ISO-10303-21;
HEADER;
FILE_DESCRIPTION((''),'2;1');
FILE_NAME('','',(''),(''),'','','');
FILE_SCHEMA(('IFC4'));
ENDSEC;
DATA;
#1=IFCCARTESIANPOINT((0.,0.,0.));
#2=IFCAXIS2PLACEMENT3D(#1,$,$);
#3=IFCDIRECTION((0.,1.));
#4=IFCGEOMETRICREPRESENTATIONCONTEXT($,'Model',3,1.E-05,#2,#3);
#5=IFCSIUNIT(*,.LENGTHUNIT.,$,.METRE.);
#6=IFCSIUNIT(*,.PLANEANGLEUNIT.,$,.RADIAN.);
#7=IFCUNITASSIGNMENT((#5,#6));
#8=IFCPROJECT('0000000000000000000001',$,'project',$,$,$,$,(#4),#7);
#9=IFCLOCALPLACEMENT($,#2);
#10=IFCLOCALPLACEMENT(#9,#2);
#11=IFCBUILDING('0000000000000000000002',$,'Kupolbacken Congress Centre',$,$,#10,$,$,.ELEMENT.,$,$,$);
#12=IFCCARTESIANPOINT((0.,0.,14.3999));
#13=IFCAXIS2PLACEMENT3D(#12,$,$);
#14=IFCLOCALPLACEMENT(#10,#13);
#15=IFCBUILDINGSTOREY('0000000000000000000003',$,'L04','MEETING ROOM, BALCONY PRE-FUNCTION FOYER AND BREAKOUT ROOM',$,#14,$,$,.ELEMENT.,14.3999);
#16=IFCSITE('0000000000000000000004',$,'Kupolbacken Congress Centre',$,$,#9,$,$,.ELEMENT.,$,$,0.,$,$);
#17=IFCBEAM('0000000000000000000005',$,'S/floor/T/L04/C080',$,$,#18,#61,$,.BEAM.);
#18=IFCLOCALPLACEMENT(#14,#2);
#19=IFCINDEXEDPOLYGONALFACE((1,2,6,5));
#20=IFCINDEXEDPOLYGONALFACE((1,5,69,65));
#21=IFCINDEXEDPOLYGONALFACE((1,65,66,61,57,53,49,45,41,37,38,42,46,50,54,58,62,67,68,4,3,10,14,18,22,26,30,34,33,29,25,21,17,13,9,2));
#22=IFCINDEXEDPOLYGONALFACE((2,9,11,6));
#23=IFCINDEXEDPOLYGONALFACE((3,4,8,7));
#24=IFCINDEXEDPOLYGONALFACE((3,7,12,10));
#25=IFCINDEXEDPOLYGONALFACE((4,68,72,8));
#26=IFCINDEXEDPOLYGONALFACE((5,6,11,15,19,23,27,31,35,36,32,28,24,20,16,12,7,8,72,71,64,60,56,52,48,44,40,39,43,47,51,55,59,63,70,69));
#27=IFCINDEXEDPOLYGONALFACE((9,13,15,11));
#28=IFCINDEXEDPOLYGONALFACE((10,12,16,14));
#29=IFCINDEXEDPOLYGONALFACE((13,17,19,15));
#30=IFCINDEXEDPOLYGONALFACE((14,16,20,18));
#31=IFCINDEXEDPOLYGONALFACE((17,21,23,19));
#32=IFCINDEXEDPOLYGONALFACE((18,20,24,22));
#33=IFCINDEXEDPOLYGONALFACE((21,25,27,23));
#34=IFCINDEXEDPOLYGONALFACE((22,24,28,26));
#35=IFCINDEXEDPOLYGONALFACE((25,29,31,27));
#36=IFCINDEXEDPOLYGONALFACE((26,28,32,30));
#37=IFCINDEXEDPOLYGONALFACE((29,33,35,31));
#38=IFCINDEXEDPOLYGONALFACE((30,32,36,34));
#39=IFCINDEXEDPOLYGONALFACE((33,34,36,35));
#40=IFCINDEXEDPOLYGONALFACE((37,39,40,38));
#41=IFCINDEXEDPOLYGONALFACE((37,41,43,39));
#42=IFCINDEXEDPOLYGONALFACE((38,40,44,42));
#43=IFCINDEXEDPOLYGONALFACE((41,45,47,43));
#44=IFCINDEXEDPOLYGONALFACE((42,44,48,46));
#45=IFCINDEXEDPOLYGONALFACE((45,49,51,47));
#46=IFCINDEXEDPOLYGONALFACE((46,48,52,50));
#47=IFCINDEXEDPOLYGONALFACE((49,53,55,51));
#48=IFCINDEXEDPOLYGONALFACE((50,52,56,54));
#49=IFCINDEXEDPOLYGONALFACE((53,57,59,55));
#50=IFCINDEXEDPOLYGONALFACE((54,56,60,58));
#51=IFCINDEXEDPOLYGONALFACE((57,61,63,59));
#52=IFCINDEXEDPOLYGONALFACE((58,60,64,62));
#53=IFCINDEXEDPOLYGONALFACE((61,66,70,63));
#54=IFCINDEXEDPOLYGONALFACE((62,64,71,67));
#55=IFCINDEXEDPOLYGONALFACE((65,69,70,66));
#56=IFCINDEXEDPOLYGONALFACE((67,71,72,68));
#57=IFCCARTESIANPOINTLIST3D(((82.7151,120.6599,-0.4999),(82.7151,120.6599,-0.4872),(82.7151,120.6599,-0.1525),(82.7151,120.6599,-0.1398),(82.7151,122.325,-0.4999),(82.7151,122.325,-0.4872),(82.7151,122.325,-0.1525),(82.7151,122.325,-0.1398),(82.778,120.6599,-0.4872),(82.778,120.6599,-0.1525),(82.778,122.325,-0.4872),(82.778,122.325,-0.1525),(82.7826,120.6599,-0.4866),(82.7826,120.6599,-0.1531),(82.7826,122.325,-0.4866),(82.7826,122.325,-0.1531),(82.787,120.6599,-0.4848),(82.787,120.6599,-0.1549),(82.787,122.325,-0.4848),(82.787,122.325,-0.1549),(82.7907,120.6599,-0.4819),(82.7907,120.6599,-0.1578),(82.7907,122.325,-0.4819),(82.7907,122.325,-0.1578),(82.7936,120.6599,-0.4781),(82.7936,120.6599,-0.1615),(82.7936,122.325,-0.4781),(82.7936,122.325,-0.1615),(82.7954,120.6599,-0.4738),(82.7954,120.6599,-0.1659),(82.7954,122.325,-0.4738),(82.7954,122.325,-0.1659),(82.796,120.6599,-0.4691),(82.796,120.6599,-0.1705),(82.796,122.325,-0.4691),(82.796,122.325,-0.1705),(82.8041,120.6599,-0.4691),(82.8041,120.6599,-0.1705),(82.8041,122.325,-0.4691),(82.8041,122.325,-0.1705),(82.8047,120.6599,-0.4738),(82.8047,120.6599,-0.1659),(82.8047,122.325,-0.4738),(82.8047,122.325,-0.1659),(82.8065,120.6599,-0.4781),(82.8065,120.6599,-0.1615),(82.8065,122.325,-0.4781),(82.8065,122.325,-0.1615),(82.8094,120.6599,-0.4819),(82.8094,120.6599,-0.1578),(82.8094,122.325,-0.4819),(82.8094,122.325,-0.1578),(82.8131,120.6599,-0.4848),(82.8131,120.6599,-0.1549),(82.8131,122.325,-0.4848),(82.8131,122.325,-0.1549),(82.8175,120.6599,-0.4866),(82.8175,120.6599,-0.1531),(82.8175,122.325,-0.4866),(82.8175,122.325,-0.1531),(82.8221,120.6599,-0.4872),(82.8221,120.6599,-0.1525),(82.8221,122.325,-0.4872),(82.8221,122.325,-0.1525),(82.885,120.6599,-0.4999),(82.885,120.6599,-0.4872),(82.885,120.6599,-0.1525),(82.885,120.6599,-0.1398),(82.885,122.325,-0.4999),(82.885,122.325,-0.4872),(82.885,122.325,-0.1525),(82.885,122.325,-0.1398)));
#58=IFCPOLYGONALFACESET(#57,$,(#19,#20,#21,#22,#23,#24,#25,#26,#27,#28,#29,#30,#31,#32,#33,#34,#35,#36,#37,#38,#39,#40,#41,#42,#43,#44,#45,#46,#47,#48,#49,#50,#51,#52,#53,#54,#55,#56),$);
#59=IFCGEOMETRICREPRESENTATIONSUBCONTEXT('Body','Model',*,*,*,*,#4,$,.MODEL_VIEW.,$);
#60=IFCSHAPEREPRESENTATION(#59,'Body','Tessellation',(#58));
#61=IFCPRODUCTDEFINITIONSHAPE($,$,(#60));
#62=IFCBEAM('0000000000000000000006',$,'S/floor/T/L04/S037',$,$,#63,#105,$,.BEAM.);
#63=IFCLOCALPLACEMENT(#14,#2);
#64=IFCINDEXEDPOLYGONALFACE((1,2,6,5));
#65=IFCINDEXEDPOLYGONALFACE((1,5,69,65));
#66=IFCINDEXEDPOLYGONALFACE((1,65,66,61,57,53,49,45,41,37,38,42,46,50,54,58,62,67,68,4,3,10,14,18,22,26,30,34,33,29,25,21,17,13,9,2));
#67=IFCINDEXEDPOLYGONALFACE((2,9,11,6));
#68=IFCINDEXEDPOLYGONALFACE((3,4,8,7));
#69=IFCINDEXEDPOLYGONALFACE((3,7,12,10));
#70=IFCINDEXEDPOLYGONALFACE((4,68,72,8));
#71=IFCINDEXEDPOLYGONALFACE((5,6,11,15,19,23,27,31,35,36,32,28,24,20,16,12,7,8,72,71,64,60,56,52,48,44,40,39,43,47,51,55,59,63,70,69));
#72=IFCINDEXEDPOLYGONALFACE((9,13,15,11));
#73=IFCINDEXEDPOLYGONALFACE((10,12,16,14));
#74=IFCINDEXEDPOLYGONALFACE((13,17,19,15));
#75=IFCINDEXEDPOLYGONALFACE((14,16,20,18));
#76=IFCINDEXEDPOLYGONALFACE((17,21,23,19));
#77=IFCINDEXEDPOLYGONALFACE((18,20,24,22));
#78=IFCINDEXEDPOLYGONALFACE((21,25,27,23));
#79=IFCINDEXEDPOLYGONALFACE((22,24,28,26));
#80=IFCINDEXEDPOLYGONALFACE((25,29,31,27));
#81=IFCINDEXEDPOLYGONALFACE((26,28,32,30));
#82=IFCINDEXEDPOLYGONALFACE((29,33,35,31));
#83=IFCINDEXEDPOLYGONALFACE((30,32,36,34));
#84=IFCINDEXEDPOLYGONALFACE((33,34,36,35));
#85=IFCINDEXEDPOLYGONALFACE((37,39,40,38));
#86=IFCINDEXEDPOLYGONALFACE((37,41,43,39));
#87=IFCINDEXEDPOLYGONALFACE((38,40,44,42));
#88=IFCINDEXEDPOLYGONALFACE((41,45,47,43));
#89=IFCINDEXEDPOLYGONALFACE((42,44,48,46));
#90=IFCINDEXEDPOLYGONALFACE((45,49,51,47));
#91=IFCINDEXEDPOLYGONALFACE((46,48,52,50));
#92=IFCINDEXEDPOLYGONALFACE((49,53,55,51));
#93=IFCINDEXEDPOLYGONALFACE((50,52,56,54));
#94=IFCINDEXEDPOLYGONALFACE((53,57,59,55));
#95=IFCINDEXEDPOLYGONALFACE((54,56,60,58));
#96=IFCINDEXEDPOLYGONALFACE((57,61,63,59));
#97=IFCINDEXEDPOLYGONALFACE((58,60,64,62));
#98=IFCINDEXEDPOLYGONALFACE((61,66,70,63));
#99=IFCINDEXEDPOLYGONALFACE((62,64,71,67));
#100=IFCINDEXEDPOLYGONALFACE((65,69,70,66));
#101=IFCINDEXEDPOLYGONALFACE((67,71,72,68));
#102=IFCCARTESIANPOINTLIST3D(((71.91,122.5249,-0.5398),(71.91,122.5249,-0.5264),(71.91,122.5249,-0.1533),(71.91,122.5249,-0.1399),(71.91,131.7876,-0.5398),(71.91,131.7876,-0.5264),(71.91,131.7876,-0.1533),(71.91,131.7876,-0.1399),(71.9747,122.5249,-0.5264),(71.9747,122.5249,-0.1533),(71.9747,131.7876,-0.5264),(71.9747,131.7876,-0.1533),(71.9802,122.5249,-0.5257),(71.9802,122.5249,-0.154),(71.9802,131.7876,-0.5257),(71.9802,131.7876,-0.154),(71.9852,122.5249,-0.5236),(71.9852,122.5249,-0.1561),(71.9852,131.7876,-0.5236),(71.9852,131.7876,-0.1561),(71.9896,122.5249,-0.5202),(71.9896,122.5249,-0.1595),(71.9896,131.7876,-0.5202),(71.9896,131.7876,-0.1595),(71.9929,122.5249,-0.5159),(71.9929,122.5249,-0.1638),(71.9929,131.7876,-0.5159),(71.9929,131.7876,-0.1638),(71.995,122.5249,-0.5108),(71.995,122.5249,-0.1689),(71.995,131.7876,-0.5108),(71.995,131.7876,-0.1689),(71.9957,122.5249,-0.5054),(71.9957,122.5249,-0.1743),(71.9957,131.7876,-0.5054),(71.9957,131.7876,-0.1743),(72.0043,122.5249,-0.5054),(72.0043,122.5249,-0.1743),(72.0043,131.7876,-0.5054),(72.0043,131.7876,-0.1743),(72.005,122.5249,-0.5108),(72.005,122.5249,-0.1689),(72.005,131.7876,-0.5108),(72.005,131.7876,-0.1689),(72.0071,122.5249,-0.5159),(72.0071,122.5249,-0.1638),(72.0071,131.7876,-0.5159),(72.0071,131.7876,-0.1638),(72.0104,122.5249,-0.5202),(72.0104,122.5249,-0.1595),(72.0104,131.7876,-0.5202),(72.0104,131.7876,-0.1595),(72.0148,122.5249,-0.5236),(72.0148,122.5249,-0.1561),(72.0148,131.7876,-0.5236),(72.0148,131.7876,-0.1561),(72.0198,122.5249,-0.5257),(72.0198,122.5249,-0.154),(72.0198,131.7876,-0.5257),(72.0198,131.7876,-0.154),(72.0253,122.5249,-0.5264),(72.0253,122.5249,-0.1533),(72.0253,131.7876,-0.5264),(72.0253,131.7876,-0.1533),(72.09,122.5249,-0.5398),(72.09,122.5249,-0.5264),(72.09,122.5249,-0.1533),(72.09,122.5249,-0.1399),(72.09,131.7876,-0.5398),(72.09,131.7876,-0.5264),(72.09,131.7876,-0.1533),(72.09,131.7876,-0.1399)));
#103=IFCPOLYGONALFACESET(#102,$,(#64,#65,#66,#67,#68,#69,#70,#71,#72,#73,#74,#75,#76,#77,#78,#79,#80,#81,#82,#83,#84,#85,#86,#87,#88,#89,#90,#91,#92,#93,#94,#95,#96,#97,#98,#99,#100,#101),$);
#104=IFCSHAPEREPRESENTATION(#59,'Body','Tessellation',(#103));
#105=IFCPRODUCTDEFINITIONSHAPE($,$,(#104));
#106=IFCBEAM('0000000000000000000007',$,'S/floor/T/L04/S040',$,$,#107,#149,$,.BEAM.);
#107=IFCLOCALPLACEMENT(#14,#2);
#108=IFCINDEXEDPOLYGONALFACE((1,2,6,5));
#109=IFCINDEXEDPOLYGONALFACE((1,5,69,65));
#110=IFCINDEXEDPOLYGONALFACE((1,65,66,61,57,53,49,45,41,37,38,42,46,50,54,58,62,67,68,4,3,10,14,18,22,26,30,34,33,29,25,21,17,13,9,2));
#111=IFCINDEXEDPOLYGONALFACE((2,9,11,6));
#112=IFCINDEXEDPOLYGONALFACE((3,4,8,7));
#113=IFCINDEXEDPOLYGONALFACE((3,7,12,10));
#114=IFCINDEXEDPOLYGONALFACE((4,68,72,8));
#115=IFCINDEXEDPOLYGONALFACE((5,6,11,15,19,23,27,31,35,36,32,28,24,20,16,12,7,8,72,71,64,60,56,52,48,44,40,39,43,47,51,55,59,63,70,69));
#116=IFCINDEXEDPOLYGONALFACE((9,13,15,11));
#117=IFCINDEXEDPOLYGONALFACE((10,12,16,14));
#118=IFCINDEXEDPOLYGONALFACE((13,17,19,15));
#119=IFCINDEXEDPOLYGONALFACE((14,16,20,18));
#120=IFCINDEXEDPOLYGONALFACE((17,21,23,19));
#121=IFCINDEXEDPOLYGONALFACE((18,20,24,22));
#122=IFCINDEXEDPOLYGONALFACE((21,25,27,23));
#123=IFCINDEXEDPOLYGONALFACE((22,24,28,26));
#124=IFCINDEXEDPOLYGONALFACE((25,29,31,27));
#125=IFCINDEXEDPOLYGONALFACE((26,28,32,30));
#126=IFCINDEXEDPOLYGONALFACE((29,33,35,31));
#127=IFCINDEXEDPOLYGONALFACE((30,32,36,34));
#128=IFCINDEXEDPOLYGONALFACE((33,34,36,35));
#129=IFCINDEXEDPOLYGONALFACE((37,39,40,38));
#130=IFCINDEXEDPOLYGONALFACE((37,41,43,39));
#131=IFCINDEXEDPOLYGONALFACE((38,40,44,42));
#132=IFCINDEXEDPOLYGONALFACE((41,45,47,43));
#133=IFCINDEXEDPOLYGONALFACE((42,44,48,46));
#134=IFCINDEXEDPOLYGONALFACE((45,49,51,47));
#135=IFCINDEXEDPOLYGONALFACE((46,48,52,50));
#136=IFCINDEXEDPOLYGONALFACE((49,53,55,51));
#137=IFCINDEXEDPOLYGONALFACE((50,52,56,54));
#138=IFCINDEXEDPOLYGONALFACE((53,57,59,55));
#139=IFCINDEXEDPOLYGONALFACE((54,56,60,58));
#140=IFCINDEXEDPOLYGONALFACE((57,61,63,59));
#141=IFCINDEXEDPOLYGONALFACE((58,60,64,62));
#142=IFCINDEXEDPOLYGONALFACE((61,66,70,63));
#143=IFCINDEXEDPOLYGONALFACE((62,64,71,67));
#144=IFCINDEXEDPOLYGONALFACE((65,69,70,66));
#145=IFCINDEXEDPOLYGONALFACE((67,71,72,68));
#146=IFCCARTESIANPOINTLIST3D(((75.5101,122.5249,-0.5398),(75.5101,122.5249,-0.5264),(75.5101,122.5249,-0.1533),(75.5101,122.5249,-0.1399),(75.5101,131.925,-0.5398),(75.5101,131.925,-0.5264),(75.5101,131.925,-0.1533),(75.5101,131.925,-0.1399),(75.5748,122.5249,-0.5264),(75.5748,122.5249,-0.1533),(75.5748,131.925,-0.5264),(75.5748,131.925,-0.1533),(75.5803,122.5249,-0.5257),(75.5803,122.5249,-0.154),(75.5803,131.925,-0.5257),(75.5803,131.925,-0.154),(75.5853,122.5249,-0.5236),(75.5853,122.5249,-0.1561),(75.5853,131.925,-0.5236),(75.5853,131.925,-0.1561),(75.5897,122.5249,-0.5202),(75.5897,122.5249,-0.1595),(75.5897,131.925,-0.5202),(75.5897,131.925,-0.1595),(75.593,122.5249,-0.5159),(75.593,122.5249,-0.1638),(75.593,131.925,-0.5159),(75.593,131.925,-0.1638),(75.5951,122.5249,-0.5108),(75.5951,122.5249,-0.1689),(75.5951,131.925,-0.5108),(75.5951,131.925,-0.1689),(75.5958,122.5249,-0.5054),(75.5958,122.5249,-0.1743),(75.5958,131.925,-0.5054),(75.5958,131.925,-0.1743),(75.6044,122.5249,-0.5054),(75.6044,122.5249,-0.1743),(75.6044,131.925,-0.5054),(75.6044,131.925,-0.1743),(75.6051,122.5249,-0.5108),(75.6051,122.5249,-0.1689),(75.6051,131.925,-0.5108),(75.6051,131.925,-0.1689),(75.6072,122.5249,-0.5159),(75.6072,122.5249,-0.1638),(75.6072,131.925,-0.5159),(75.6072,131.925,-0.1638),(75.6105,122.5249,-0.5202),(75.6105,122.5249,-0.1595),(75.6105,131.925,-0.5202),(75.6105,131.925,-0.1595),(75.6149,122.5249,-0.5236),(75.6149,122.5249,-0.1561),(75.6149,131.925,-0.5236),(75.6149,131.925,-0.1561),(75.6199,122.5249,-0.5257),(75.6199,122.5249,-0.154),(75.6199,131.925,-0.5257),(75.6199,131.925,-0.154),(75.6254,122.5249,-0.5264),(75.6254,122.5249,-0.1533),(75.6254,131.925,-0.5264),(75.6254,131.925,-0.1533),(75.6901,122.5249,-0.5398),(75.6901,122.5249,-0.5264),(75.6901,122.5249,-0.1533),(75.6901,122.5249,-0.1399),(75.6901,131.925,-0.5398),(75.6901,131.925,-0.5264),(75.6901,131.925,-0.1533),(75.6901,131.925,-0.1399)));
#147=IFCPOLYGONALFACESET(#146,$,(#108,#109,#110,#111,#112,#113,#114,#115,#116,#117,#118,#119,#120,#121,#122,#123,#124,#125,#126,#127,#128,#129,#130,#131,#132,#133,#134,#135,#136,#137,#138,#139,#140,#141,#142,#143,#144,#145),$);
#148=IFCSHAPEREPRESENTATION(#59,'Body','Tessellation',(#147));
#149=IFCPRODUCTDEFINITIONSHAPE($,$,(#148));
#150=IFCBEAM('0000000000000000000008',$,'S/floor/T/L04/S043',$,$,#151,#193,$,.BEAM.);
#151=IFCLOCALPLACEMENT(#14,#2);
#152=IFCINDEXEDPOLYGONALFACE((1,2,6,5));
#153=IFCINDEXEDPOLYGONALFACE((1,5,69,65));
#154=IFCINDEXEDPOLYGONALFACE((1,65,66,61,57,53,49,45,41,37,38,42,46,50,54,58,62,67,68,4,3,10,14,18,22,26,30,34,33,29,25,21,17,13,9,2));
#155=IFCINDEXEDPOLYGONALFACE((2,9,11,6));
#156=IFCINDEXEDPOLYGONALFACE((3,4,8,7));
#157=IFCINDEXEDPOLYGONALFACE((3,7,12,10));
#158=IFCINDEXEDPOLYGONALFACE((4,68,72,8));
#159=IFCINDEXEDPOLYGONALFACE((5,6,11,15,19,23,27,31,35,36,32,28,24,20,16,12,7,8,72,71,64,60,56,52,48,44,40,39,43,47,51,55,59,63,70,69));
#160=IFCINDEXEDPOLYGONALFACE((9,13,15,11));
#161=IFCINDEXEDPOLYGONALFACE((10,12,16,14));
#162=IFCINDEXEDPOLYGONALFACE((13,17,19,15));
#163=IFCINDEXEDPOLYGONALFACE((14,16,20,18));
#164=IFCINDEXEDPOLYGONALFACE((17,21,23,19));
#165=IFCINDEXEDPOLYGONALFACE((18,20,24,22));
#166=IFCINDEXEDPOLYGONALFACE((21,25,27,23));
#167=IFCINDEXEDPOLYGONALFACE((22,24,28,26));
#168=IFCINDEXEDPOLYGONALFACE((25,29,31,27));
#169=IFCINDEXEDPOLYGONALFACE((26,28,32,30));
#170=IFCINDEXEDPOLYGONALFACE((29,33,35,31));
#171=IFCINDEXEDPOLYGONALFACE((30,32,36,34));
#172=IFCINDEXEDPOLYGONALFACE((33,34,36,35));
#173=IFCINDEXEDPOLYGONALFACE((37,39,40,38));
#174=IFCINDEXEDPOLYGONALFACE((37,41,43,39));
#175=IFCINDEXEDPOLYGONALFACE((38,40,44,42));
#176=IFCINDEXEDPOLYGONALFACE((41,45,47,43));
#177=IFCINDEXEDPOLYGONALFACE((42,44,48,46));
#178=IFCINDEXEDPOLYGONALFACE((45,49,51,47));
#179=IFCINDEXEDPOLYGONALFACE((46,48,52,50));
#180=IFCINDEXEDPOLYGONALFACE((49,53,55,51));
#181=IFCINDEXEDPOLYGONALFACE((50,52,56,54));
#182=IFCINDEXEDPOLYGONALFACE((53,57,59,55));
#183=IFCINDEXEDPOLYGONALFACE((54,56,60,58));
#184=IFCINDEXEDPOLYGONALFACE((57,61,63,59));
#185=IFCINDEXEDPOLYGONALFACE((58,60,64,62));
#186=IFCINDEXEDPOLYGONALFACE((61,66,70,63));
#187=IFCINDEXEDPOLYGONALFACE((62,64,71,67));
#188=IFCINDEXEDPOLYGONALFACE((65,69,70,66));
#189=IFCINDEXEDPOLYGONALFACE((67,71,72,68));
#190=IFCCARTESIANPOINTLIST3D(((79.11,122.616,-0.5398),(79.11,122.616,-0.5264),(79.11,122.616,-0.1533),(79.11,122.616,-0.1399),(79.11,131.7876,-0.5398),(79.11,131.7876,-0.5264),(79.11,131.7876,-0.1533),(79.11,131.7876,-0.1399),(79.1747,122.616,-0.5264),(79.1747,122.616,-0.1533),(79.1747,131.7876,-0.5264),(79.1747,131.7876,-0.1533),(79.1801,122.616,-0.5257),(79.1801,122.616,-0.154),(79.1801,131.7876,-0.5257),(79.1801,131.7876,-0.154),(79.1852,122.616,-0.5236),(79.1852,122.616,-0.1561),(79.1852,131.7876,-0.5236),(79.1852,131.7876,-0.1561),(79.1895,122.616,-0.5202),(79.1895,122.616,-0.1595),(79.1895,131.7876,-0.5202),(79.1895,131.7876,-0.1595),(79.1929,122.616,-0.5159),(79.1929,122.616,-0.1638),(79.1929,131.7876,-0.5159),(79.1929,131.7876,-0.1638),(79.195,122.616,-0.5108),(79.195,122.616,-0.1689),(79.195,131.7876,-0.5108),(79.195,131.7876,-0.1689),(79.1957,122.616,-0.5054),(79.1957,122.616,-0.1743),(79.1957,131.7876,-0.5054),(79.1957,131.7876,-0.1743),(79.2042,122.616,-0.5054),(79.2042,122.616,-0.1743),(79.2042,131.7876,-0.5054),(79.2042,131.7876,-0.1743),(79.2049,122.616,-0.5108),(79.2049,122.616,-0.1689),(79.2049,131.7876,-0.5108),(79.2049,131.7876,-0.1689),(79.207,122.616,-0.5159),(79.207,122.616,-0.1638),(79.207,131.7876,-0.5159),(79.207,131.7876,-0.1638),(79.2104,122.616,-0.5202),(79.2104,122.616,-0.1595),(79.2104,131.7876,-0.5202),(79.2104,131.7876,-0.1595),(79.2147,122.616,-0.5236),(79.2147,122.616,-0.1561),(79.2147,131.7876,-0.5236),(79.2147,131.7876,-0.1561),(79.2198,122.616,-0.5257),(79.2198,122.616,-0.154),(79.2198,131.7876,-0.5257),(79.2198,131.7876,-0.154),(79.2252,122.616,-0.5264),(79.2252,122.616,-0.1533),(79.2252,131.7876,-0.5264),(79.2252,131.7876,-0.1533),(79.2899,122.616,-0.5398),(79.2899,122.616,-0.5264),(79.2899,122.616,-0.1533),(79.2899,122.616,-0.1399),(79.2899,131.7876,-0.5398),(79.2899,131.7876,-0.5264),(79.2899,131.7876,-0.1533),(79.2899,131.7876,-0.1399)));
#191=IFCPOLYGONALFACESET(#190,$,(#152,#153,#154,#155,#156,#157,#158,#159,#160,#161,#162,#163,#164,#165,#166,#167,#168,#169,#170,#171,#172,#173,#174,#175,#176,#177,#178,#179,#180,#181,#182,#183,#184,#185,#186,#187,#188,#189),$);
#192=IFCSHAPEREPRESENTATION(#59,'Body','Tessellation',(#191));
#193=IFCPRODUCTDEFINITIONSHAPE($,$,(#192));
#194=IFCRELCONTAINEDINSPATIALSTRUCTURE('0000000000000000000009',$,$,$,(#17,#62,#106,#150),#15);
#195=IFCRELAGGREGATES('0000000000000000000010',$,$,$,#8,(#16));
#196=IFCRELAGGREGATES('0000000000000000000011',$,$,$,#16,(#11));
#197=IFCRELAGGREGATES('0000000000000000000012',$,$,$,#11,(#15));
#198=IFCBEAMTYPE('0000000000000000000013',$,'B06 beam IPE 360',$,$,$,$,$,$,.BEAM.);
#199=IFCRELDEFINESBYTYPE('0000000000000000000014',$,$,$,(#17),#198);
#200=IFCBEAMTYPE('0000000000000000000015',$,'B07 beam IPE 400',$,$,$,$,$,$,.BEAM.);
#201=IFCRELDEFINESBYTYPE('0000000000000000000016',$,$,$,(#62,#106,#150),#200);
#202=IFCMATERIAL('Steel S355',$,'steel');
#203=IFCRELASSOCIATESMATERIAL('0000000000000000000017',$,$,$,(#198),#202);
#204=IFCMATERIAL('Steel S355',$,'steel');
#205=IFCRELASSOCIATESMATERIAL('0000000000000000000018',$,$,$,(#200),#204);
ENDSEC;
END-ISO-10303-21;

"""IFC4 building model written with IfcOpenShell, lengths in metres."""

from ifc_helpers import new_model, si_unit, direction, frame, origin, origin_2d, place, context, subcontext, project, spatial, i_section, extrude, material, material_profile, profile_set, type_object, element, save


model = new_model("IFC4")

# Units and contexts
model_context = context("Model", 3, precision=1e-05, world=origin(), true_north=direction((0.0, 1.0)))
body_context = subcontext(model_context, "Body", "Model", "MODEL_VIEW")
ifc_project = project(units=[si_unit("LENGTHUNIT", "METRE"), si_unit("PLANEANGLEUNIT", "RADIAN")], contexts=[model_context])

# Site, building, storey
site_placement = place(None, origin())
site = spatial("IfcSite", under=ifc_project, at=site_placement, Name="Kupolbacken Congress Centre", CompositionType="ELEMENT", RefElevation=0.0)
building_placement = place(site_placement, origin())
building = spatial("IfcBuilding", under=site, at=building_placement, Name="Kupolbacken Congress Centre", CompositionType="ELEMENT")
storey_placement = place(building_placement, frame((0.0, 0.0, 14.3999)))
storey = spatial("IfcBuildingStorey", under=building, at=storey_placement, Name="L04", Description="MEETING ROOM, BALCONY PRE-FUNCTION FOYER AND BREAKOUT ROOM", CompositionType="ELEMENT", Elevation=14.3999)

# Beams
ifc_material_1 = material(Name="Steel S355", Category="steel")
ifc_material_profile_1 = material_profile(ifc_material_1, i_section(OverallWidth=0.1699, OverallDepth=0.3601, WebThickness=0.0081, FlangeThickness=0.0127, FilletRadius=0.0181, at=origin_2d()), Name="IPE 360")
ifc_profile_set_1 = profile_set([ifc_material_profile_1], Name="Steel S355")
beam_type_1 = type_object("IfcBeamType", Name="B06 beam IPE 360", PredefinedType="BEAM", material=ifc_profile_set_1)
beam_1_placement = place(storey_placement, frame((82.8, 122.325, -0.3198), z_axis=(0.0, -1.0, 0.0), x_axis=(1.0, 0.0, 0.0)))
element("IfcBeam", 1, at=beam_1_placement, inside=storey, type_object=beam_type_1, Name="S/floor/T/L04/C080", PredefinedType="BEAM", context=body_context, shape_type="SweptSolid", body=[
    extrude(i_section(OverallWidth=0.1699, OverallDepth=0.3601, WebThickness=0.0081, FlangeThickness=0.0127, FilletRadius=0.0181, at=origin_2d()), origin(), (0.0, 0.0, 1.0), 1.665),
])
ifc_material_2 = material(Name="Steel S355", Category="steel")
ifc_material_profile_2 = material_profile(ifc_material_2, i_section(OverallWidth=0.1799, OverallDepth=0.3999, WebThickness=0.0085, FlangeThickness=0.0134, FilletRadius=0.021, at=origin_2d()), Name="IPE 400")
ifc_profile_set_2 = profile_set([ifc_material_profile_2], Name="Steel S355")
beam_type_2 = type_object("IfcBeamType", Name="B07 beam IPE 400", PredefinedType="BEAM", material=ifc_profile_set_2)
beam_2_placement = place(storey_placement, frame((72.0, 122.5249, -0.3398), z_axis=(0.0, 1.0, 0.0), x_axis=(-1.0, 0.0, 0.0)))
element("IfcBeam", 2, at=beam_2_placement, inside=storey, type_object=beam_type_2, Name="S/floor/T/L04/S037", PredefinedType="BEAM", context=body_context, shape_type="SweptSolid", body=[
    extrude(i_section(OverallWidth=0.1799, OverallDepth=0.3999, WebThickness=0.0085, FlangeThickness=0.0134, FilletRadius=0.021, at=origin_2d()), origin(), (0.0, 0.0, 1.0), 9.2627),
])
beam_3_placement = place(storey_placement, frame((75.6001, 122.5249, -0.3398), z_axis=(0.0, 1.0, 0.0), x_axis=(-1.0, 0.0, 0.0)))
element("IfcBeam", 3, at=beam_3_placement, inside=storey, type_object=beam_type_2, Name="S/floor/T/L04/S040", PredefinedType="BEAM", context=body_context, shape_type="SweptSolid", body=[
    extrude(i_section(OverallWidth=0.1799, OverallDepth=0.3999, WebThickness=0.0085, FlangeThickness=0.0134, FilletRadius=0.021, at=origin_2d()), origin(), (0.0, 0.0, 1.0), 9.4001),
])
beam_4_placement = place(storey_placement, frame((79.2, 122.616, -0.3398), z_axis=(0.0, 1.0, 0.0), x_axis=(-1.0, 0.0, 0.0)))
element("IfcBeam", 4, at=beam_4_placement, inside=storey, type_object=beam_type_2, Name="S/floor/T/L04/S043", PredefinedType="BEAM", context=body_context, shape_type="SweptSolid", body=[
    extrude(i_section(OverallWidth=0.1799, OverallDepth=0.3999, WebThickness=0.0085, FlangeThickness=0.0134, FilletRadius=0.021, at=origin_2d()), origin(), (0.0, 0.0, 1.0), 9.1716),
])

save(model, "model.ifc")
